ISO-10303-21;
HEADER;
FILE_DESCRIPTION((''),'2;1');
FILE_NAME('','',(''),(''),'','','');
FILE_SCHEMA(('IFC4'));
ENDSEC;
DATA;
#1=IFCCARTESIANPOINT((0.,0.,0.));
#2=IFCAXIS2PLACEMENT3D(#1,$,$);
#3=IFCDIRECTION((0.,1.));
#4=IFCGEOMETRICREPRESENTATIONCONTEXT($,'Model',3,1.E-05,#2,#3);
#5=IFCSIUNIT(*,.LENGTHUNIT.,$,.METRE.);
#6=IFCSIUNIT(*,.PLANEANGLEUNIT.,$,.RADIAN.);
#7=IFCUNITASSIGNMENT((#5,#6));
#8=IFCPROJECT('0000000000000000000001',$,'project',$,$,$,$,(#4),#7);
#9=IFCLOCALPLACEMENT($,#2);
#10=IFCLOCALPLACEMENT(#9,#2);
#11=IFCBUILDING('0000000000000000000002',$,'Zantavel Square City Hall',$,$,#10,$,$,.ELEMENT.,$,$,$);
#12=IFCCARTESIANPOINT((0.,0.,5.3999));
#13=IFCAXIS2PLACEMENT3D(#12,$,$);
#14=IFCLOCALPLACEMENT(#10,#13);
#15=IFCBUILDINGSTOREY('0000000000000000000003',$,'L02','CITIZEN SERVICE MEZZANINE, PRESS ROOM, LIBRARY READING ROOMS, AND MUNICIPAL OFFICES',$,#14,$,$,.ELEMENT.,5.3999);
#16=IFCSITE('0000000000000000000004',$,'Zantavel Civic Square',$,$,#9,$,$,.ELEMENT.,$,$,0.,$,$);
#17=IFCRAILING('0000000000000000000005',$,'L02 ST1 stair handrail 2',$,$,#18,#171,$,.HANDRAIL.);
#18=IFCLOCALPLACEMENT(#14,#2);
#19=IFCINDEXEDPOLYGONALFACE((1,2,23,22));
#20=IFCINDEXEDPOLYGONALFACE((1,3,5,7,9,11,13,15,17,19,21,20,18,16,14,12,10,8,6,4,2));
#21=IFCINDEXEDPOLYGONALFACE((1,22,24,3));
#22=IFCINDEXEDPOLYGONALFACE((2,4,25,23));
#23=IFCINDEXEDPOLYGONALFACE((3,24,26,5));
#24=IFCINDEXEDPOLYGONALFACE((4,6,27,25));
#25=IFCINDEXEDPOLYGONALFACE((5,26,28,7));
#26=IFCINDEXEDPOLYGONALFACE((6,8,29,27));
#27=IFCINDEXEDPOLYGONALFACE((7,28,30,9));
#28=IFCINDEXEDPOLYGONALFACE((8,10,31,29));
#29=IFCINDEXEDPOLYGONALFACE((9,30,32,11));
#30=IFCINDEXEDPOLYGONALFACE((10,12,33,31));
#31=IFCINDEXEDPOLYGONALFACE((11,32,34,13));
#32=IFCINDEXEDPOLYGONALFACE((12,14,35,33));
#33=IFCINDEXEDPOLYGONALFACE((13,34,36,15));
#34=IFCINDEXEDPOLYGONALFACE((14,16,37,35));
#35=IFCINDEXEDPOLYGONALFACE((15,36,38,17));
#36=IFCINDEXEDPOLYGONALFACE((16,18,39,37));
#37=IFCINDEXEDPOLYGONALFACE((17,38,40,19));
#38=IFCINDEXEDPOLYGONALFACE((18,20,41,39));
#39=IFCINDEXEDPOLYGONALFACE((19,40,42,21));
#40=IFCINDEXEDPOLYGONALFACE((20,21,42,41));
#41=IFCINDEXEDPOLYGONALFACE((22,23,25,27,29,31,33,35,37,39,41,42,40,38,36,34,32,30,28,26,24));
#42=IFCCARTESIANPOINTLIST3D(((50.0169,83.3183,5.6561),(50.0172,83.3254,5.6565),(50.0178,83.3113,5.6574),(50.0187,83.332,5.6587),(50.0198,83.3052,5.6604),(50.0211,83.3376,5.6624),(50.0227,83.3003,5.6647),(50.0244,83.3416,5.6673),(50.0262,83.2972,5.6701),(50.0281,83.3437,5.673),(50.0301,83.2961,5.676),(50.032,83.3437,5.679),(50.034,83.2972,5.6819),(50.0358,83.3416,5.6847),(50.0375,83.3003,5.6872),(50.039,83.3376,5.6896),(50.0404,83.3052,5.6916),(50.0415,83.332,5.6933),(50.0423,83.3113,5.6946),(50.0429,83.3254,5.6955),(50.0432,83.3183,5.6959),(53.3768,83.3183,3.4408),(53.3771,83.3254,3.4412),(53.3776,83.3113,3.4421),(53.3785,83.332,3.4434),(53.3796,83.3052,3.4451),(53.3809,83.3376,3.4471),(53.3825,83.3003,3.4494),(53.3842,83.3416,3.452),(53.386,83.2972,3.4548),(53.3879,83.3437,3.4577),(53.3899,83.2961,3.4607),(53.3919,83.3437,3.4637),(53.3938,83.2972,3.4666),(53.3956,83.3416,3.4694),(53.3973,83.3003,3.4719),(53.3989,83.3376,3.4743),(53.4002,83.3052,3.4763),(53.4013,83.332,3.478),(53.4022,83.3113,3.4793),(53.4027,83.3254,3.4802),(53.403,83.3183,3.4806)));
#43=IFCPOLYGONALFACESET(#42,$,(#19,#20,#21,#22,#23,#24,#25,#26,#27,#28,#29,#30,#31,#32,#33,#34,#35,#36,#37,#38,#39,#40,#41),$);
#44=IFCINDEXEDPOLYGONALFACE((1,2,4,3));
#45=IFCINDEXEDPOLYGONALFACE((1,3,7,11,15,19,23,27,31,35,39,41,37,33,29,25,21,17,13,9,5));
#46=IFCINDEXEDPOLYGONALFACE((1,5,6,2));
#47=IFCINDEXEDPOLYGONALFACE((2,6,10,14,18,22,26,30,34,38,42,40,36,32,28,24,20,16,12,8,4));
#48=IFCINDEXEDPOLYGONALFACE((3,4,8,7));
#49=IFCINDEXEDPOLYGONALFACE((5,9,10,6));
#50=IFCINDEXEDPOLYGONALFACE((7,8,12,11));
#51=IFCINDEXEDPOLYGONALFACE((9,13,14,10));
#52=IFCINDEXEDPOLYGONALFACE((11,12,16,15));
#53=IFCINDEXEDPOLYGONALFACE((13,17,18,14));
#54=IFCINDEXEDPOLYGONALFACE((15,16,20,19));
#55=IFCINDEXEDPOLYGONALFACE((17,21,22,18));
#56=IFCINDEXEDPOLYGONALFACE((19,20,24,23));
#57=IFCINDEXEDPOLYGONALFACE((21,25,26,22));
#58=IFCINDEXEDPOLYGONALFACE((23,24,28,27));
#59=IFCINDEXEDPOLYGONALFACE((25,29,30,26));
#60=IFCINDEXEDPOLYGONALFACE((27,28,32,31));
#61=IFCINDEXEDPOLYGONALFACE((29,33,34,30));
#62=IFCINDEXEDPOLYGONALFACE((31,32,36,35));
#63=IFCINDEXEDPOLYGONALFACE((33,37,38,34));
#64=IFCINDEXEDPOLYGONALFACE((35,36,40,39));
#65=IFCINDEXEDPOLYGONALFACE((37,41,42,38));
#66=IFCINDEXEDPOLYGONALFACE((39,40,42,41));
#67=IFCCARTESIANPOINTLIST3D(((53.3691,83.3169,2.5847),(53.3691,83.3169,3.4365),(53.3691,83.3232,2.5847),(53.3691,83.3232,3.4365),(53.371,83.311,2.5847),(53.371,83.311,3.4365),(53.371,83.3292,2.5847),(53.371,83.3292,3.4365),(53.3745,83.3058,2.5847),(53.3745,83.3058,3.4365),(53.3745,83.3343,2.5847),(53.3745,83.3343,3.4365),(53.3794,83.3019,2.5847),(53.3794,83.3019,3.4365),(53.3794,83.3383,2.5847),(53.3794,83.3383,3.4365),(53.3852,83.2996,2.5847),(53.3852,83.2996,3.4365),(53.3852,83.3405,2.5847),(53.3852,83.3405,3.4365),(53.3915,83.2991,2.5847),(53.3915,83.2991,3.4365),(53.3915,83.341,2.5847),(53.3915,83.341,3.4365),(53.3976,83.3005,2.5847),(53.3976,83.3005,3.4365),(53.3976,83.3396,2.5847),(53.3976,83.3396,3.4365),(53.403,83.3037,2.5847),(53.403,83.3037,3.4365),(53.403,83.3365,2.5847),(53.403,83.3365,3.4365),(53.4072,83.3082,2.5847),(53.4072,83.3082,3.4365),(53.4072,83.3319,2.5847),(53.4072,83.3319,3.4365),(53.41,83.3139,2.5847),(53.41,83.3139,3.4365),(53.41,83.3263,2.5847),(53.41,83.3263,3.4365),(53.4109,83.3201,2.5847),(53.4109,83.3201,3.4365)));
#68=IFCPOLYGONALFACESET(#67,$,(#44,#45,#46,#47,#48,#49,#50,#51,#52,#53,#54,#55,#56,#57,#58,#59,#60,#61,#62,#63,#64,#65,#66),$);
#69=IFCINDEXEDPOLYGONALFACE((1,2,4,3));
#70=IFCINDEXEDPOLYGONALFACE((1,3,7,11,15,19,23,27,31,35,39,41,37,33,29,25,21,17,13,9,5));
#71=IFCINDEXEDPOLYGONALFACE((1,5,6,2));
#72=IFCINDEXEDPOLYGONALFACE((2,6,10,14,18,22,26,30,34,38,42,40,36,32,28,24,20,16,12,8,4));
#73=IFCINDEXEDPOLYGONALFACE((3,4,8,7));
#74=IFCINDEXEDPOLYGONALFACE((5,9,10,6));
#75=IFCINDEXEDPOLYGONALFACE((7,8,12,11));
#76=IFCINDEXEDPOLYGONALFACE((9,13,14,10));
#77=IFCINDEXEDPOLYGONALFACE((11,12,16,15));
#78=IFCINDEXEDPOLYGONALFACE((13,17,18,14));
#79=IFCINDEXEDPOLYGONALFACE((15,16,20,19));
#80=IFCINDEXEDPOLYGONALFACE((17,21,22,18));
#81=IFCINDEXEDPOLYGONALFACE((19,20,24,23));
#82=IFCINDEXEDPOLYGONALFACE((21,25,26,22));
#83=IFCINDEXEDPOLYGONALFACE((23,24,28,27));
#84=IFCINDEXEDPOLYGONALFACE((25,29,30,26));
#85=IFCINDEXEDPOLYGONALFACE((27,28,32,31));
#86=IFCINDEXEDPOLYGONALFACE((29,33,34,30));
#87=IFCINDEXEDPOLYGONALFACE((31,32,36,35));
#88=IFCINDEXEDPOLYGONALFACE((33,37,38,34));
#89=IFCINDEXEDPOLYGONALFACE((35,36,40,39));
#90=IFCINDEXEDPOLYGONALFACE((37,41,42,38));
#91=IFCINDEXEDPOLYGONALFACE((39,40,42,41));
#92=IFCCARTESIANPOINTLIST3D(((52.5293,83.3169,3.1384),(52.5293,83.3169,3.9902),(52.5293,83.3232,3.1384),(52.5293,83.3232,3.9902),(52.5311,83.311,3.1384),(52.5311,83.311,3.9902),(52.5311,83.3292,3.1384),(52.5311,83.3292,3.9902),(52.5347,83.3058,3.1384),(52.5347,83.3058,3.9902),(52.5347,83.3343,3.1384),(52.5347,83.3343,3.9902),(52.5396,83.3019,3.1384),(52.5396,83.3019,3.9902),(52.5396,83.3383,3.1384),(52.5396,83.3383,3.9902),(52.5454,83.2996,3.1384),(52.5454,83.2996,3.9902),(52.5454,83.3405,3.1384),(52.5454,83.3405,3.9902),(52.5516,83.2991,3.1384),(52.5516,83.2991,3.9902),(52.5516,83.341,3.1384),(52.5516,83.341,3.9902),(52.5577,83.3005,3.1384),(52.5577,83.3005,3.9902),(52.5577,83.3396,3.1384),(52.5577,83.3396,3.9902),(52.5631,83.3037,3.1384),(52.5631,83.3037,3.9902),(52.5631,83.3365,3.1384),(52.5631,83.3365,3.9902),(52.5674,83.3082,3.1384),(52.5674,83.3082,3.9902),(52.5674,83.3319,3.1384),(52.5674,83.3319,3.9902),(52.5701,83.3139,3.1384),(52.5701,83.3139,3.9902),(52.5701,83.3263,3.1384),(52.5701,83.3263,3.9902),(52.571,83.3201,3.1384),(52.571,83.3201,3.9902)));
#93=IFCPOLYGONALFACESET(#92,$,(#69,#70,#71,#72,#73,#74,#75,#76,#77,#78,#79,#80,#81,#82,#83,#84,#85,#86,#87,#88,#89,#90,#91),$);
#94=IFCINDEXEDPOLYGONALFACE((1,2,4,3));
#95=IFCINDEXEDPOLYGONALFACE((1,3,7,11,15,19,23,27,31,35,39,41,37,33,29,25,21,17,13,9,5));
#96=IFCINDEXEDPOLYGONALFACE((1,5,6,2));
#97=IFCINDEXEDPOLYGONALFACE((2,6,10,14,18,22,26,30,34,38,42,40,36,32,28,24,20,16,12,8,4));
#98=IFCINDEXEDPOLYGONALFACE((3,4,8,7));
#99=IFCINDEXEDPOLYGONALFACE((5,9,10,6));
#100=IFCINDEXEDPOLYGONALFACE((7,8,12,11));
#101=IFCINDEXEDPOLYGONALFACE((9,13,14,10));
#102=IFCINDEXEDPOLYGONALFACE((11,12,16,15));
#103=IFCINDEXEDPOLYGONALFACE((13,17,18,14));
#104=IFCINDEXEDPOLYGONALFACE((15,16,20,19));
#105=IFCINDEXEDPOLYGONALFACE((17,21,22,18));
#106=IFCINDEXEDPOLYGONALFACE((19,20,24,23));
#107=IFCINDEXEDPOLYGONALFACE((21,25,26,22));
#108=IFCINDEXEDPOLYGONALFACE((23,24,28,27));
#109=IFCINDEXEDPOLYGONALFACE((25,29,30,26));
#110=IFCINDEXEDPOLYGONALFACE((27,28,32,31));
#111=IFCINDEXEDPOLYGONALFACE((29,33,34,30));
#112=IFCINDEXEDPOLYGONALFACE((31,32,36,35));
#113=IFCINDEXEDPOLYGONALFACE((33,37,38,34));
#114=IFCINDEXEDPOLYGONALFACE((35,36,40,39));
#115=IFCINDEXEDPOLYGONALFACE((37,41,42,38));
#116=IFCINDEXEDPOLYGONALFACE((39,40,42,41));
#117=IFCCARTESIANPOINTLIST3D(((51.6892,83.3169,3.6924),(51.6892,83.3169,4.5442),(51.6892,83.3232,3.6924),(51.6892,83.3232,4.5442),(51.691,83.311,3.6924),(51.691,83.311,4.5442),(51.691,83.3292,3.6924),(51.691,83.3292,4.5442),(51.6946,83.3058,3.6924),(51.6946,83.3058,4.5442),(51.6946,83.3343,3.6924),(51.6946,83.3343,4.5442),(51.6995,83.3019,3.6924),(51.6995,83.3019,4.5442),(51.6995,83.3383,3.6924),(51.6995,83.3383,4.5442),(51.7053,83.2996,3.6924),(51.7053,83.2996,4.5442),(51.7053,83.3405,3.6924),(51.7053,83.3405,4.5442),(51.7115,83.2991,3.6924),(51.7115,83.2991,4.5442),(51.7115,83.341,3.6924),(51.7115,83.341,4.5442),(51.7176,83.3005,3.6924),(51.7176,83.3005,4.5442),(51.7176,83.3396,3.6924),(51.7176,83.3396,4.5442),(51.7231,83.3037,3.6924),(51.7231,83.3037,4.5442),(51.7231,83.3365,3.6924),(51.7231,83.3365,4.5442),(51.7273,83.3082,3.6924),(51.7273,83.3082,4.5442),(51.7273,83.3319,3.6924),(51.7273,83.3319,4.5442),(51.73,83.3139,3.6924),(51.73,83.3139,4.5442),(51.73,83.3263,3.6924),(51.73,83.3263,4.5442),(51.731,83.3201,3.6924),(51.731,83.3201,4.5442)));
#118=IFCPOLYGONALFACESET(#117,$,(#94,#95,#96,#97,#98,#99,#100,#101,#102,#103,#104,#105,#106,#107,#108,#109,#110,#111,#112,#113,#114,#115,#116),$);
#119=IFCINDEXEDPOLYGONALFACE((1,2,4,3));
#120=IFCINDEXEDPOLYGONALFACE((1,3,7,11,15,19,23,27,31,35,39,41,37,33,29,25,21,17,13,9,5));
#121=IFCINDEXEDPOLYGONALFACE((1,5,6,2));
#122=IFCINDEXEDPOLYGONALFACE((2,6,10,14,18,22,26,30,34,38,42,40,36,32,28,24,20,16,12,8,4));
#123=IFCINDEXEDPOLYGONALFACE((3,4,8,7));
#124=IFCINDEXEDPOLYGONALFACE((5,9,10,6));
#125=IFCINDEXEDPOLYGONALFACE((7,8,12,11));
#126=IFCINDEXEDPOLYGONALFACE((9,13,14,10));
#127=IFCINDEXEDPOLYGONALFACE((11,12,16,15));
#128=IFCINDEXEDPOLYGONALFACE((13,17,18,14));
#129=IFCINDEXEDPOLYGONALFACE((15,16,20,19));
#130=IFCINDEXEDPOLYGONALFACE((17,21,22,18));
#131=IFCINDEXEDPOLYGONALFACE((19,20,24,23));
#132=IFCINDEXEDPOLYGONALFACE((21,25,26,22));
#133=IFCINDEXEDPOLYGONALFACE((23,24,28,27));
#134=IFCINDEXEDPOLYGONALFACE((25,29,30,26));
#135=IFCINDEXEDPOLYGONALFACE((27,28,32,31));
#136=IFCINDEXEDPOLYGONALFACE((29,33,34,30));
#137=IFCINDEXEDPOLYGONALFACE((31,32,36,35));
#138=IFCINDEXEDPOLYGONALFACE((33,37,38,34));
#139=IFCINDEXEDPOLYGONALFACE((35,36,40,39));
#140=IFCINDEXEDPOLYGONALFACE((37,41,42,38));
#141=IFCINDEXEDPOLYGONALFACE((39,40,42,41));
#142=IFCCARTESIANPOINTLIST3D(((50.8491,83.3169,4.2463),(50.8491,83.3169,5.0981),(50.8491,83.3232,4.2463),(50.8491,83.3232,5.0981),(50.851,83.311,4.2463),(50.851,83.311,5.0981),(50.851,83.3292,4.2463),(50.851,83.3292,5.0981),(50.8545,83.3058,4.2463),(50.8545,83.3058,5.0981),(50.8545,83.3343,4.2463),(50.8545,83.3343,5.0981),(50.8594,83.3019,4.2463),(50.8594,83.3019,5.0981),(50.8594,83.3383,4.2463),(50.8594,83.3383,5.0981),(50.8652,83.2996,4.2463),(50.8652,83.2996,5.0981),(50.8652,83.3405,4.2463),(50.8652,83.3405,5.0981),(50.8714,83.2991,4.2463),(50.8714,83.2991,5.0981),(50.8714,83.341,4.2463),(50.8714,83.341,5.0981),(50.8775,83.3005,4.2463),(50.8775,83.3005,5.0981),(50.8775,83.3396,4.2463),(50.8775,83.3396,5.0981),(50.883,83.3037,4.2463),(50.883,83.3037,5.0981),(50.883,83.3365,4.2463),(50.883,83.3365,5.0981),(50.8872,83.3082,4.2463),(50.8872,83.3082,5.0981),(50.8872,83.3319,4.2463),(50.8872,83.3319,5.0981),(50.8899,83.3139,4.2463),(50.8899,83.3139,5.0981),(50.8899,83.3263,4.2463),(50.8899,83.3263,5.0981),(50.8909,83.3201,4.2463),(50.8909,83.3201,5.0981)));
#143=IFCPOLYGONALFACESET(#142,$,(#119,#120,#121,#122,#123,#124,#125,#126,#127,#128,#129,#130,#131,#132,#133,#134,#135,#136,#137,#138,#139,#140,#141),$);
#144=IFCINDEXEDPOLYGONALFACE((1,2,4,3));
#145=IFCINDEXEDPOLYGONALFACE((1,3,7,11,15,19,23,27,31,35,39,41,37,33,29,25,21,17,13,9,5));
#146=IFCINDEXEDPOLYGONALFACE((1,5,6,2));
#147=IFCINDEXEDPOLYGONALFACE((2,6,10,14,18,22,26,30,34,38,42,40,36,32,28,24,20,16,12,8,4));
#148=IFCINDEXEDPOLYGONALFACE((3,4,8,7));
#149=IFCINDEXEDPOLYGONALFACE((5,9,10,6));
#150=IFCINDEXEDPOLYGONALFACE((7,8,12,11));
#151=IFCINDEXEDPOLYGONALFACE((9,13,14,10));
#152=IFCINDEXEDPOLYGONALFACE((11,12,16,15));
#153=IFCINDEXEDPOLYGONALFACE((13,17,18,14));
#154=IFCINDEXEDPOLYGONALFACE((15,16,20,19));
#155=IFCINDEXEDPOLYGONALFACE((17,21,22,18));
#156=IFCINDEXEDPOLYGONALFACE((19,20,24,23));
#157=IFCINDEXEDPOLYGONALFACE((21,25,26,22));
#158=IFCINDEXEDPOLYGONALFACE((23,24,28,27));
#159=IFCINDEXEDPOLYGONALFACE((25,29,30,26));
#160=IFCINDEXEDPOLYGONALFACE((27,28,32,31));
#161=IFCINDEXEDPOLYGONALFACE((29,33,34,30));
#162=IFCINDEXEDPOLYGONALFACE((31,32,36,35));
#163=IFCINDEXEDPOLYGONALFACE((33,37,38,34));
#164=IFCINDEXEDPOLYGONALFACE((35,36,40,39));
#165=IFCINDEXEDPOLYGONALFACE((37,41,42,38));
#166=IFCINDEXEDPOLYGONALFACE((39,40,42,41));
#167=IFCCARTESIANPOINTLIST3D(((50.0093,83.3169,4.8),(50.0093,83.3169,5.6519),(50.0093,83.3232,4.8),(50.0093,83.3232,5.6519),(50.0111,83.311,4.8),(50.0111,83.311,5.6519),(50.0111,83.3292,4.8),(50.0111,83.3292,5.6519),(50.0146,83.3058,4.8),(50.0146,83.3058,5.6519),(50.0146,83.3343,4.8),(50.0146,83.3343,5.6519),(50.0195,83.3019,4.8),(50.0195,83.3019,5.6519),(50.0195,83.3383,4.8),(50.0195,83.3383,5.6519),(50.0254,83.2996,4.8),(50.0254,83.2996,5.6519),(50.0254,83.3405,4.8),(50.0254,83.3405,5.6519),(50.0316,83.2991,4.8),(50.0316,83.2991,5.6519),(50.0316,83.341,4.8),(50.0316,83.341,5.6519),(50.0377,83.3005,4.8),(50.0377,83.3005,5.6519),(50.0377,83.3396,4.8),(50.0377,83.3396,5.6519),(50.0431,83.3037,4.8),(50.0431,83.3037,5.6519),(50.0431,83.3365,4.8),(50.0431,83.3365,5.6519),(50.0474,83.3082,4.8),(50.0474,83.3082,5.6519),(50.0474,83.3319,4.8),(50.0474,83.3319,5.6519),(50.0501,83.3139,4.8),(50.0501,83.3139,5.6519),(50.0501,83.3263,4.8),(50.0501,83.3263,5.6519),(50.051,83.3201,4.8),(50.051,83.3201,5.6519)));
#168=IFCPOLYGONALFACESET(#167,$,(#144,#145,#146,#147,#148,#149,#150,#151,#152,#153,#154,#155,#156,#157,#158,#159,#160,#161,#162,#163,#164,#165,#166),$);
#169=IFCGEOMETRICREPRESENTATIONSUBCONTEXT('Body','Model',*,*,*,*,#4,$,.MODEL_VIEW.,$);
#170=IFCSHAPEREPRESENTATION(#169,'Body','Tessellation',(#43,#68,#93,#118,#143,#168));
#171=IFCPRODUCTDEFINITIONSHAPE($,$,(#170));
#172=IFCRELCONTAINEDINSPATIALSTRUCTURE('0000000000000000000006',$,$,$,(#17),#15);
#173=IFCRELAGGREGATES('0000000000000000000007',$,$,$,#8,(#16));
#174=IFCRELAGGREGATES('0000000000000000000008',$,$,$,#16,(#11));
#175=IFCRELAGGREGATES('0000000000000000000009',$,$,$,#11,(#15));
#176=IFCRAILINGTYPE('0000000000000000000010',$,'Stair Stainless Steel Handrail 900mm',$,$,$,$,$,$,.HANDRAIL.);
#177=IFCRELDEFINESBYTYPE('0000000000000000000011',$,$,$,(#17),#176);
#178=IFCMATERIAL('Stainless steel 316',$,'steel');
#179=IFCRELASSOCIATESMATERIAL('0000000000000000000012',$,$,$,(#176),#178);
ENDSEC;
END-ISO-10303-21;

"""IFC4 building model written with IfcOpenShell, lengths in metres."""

from ifc_helpers import new_model, si_unit, direction, frame, origin, origin_2d, place, context, subcontext, project, spatial, circle, extrude, material, type_object, element, save


model = new_model("IFC4")

# Units and contexts
model_context = context("Model", 3, precision=1e-05, world=origin(), true_north=direction((0.0, 1.0)))
body_context = subcontext(model_context, "Body", "Model", "MODEL_VIEW")
ifc_project = project(units=[si_unit("LENGTHUNIT", "METRE"), si_unit("PLANEANGLEUNIT", "RADIAN")], contexts=[model_context])

# Site, building, storey
site_placement = place(None, origin())
site = spatial("IfcSite", under=ifc_project, at=site_placement, Name="Zantavel Civic Square", CompositionType="ELEMENT", RefElevation=0.0)
building_placement = place(site_placement, origin())
building = spatial("IfcBuilding", under=site, at=building_placement, Name="Zantavel Square City Hall", CompositionType="ELEMENT")
storey_placement = place(building_placement, frame((0.0, 0.0, 5.3999)))
storey = spatial("IfcBuildingStorey", under=building, at=storey_placement, Name="L02", Description="CITIZEN SERVICE MEZZANINE, PRESS ROOM, LIBRARY READING ROOMS, AND MUNICIPAL OFFICES", CompositionType="ELEMENT", Elevation=5.3999)

# Railing
ifc_material_1 = material(Name="Stainless steel 316", Category="steel")
railing_type_1 = type_object("IfcRailingType", Name="Stair Stainless Steel Handrail 900mm", PredefinedType="HANDRAIL", material=ifc_material_1)
railing_1_placement = place(storey_placement, frame((53.3899, 83.3201, 2.5847)))
element("IfcRailing", 1, at=railing_1_placement, inside=storey, type_object=railing_type_1, Name="L02 ST1 stair handrail 2", PredefinedType="HANDRAIL", context=body_context, shape_type="SweptSolid", body=[
    extrude(circle(Radius=0.0239, at=origin_2d()), frame((0.0, 0.0, 0.876), z_axis=(-0.834858, 0.0, 0.550465), x_axis=(0.0, -1.0, 0.0)), (0.0, 0.0, 1.0), 4.0244),
    extrude(circle(Radius=0.021, at=origin_2d()), origin(), (0.0, 0.0, 1.0), 0.8518),
    extrude(circle(Radius=0.021, at=origin_2d()), frame((-0.8398, 0.0, 0.5537)), (0.0, 0.0, 1.0), 0.8518),
    extrude(circle(Radius=0.021, at=origin_2d()), frame((-1.6799, 0.0, 1.1077)), (0.0, 0.0, 1.0), 0.8518),
    extrude(circle(Radius=0.021, at=origin_2d()), frame((-2.52, 0.0, 1.6616)), (0.0, 0.0, 1.0), 0.8518),
    extrude(circle(Radius=0.021, at=origin_2d()), frame((-3.3599, 0.0, 2.2153)), (0.0, 0.0, 1.0), 0.8518),
])

save(model, "model.ifc")
